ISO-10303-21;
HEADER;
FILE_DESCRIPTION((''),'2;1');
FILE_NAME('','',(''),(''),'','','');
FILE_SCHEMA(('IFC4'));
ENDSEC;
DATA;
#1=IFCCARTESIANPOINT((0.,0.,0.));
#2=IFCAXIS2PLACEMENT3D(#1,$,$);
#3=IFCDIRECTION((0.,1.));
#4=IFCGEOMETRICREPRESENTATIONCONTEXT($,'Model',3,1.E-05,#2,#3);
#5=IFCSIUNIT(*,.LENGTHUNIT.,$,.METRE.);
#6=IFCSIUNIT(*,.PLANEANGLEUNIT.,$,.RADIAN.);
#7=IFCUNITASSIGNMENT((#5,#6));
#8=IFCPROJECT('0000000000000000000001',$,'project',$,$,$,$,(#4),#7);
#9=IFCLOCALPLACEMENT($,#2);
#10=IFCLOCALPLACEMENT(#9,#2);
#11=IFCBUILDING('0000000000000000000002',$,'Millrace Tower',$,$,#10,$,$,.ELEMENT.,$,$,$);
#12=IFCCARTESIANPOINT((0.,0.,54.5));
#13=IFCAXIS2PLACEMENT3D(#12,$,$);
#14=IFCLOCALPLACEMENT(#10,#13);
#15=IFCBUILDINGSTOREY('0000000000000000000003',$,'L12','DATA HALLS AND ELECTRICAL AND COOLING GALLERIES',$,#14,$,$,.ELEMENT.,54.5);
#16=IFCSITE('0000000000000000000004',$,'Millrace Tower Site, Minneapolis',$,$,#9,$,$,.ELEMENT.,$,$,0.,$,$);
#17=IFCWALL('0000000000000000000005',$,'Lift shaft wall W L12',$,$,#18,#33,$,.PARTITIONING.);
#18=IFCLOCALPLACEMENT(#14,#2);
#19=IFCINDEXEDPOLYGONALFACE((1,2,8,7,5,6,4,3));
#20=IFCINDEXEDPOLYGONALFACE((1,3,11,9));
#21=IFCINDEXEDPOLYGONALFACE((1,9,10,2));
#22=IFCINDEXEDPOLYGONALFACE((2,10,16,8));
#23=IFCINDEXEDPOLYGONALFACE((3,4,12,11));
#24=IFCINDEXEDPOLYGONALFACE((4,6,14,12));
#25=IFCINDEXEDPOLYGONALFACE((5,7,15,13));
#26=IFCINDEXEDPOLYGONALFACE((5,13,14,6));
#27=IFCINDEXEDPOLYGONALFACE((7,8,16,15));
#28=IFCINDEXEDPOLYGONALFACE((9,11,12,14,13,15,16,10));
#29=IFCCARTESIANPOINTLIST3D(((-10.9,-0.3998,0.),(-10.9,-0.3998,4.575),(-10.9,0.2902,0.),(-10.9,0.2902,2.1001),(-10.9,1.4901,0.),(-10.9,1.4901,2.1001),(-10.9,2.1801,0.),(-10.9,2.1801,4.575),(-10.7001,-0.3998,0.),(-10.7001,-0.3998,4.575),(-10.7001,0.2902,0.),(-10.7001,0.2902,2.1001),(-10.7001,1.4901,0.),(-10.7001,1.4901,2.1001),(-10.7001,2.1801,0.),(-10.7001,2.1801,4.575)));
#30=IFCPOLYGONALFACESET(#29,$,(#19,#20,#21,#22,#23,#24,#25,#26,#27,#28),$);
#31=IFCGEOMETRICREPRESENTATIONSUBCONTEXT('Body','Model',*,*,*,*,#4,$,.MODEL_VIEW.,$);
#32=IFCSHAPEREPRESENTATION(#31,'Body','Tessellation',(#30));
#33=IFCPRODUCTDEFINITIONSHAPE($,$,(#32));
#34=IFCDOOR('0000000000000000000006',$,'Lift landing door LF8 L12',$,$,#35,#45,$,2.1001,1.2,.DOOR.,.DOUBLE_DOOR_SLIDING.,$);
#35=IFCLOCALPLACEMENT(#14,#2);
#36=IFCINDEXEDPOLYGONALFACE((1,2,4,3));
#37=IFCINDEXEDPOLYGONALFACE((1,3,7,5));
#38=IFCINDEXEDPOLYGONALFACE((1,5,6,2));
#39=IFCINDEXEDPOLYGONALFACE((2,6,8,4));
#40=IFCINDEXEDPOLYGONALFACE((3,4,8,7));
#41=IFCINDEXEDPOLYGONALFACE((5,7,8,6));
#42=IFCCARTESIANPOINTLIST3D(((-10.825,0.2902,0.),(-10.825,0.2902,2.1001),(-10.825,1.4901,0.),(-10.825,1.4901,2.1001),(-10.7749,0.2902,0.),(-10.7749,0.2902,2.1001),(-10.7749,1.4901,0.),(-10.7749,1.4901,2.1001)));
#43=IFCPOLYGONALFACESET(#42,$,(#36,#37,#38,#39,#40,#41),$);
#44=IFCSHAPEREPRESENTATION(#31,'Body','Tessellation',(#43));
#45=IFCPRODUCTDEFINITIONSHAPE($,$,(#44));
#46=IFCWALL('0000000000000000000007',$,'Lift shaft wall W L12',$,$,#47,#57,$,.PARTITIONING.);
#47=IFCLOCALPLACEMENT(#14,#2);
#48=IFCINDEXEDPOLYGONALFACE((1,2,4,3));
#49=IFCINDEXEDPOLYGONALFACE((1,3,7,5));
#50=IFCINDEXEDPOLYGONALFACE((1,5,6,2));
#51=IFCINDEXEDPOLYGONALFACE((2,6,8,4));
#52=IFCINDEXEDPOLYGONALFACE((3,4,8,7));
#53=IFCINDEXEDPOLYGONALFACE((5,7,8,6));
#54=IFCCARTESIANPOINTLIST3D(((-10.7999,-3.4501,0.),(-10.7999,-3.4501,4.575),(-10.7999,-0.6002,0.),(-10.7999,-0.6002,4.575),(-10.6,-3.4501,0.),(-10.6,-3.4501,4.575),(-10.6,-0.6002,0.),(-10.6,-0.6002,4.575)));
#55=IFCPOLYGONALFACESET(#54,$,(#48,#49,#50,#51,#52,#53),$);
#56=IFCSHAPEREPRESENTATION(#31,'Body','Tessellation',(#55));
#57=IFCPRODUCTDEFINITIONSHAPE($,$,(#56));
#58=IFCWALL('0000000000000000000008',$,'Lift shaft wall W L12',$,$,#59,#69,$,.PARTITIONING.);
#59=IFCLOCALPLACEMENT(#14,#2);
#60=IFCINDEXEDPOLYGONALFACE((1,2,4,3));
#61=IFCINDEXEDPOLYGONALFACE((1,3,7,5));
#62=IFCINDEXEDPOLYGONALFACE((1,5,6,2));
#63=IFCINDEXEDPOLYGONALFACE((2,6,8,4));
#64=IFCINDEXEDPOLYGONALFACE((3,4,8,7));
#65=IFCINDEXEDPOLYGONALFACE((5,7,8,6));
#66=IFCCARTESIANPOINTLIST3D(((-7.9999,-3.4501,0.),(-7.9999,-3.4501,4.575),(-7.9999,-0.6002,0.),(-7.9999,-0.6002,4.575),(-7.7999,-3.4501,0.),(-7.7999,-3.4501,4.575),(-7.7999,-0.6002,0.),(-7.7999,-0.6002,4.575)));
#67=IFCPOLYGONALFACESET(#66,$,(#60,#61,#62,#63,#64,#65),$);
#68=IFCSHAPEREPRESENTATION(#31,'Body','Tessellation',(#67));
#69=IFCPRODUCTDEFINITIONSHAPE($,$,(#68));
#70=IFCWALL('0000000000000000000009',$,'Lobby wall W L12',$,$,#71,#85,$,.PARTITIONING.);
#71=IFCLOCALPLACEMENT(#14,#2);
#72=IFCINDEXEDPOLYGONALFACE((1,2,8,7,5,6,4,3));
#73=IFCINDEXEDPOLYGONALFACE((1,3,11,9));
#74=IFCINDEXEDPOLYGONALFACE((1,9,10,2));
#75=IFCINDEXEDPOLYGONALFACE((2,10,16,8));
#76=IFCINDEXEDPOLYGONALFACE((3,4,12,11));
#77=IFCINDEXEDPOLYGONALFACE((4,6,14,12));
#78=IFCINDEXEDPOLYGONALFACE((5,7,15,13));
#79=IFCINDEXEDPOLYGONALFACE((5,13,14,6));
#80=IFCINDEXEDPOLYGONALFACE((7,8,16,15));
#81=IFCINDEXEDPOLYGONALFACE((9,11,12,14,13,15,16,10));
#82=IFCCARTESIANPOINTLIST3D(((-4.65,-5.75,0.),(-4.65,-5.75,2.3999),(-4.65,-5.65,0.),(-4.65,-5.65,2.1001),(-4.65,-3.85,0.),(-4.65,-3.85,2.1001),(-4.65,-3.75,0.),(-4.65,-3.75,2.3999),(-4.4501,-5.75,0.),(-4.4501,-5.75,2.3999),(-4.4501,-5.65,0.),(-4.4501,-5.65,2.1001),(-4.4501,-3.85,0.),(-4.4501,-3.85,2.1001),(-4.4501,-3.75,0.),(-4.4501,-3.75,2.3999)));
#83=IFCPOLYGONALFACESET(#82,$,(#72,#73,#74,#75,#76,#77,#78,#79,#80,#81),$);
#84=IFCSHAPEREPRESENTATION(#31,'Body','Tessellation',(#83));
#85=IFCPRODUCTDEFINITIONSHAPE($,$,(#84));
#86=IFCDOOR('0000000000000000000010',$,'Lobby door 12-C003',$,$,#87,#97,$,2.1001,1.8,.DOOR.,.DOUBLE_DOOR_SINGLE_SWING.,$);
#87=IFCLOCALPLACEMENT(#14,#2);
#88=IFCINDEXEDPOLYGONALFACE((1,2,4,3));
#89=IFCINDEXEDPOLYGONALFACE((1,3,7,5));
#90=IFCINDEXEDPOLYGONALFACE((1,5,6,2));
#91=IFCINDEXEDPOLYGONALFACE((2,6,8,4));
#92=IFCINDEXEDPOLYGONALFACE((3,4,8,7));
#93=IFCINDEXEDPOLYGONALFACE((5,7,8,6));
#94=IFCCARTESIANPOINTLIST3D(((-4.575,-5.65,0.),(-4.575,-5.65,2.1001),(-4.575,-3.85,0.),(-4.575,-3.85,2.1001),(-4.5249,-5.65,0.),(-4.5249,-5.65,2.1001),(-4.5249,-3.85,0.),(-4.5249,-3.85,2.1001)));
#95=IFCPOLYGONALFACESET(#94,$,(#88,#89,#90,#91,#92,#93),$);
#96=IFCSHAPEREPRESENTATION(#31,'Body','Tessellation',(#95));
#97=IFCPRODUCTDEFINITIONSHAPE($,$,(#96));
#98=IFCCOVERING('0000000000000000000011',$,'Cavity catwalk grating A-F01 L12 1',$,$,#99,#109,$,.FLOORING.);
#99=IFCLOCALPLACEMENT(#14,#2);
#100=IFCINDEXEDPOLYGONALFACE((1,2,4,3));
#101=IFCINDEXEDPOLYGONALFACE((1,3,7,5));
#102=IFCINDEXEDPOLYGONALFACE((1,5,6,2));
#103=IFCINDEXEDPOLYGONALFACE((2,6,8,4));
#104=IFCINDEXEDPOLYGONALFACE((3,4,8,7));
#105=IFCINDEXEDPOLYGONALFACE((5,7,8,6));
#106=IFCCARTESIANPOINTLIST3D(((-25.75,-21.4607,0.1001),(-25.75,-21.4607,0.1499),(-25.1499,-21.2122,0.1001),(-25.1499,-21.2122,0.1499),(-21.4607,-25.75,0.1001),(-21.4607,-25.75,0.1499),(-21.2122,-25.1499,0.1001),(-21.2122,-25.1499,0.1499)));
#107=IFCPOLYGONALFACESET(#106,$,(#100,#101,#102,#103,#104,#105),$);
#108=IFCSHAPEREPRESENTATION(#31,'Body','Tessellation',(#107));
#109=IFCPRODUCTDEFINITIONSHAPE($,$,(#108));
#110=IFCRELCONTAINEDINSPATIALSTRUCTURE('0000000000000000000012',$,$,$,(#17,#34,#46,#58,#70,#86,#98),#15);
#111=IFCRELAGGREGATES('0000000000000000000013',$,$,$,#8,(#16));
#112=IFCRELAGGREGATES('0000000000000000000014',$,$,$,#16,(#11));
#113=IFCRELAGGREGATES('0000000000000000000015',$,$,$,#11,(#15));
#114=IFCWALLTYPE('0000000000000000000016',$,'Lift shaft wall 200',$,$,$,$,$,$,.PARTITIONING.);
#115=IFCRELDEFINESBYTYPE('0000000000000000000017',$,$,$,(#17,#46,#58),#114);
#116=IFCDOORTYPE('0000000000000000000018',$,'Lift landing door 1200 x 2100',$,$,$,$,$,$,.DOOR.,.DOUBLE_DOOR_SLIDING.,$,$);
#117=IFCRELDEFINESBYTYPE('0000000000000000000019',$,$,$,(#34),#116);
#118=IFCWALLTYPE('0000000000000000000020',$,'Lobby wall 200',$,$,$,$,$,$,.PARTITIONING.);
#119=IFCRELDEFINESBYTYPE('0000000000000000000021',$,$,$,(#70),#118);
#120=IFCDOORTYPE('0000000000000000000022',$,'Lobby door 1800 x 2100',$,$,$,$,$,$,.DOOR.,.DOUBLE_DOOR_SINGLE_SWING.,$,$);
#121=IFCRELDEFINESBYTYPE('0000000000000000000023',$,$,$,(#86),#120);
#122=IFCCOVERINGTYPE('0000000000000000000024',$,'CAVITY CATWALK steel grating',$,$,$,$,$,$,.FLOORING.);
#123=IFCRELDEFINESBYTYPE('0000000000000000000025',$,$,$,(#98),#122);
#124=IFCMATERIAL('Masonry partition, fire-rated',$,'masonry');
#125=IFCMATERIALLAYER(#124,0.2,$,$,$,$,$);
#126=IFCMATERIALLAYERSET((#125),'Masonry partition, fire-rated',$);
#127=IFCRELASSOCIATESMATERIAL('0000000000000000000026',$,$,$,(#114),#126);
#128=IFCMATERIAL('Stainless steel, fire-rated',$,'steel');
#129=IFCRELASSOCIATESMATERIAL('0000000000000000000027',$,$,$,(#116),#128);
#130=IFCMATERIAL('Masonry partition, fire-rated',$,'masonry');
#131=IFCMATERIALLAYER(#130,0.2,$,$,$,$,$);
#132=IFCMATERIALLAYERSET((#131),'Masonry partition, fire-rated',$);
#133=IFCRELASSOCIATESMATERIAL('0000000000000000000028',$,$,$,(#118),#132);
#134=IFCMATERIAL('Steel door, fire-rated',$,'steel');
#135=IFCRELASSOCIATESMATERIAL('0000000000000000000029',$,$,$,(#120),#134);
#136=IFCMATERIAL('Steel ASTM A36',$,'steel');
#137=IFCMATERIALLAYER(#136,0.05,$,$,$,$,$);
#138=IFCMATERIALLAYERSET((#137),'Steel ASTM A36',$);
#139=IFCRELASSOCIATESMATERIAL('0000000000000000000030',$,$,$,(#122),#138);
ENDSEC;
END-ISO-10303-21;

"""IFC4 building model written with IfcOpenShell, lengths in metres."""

from ifc_helpers import new_model, si_unit, direction, frame, frame_2d, origin, place, context, subcontext, project, spatial, polyline, rectangle, outline, extrude, material, layer, layer_set, type_object, element, fill, save


model = new_model("IFC4")

# Units and contexts
model_context = context("Model", 3, precision=1e-05, world=origin(), true_north=direction((0.0, 1.0)))
body_context = subcontext(model_context, "Body", "Model", "MODEL_VIEW")
ifc_project = project(units=[si_unit("LENGTHUNIT", "METRE"), si_unit("PLANEANGLEUNIT", "RADIAN")], contexts=[model_context])

# Site, building, storey
site_placement = place(None, origin())
site = spatial("IfcSite", under=ifc_project, at=site_placement, Name="Millrace Tower Site, Minneapolis", CompositionType="ELEMENT", RefElevation=0.0)
building_placement = place(site_placement, origin())
building = spatial("IfcBuilding", under=site, at=building_placement, Name="Millrace Tower", CompositionType="ELEMENT")
storey_placement = place(building_placement, frame((0.0, 0.0, 54.5)))
storey = spatial("IfcBuildingStorey", under=building, at=storey_placement, Name="L12", Description="DATA HALLS AND ELECTRICAL AND COOLING GALLERIES", CompositionType="ELEMENT", Elevation=54.5)

# Shared definitions
ifc_material_1 = material(Name="Masonry partition, fire-rated", Category="masonry")
ifc_layer_1 = layer(ifc_material_1, 0.2)
ifc_layer_set_1 = layer_set([ifc_layer_1], Name="Masonry partition, fire-rated")
wall_type_1 = type_object("IfcWallType", Name="Lift shaft wall 200", PredefinedType="PARTITIONING", material=ifc_layer_set_1)

# Shared definitions
ifc_material_2 = material(Name="Stainless steel, fire-rated", Category="steel")
door_type_1 = type_object("IfcDoorType", Name="Lift landing door 1200 x 2100", OperationType="DOUBLE_DOOR_SLIDING", PredefinedType="DOOR", material=ifc_material_2)

# Wall, opening, door
wall_1_placement = place(storey_placement, frame((-10.8, -0.3999, 0.0), z_axis=(0.0, 0.0, 1.0), x_axis=(0.0, 1.0, 0.0)))
wall_1 = element("IfcWall", 1, at=wall_1_placement, inside=storey, type_object=wall_type_1, Name="Lift shaft wall W L12", PredefinedType="PARTITIONING", context=body_context, shape_type="SweptSolid", body=[
    extrude(rectangle(XDim=2.5798, YDim=0.2, at=frame_2d((1.29, 0.0))), origin(), (0.0, 0.0, 1.0), 4.575),
])
opening_1_placement = place(wall_1_placement, frame((0.6899, 0.0, 0.0)))
opening_1 = element("IfcOpeningElement", 2, at=opening_1_placement, cuts=wall_1, PredefinedType="OPENING", context=body_context, shape_type="SweptSolid", body=[
    extrude(rectangle(XDim=1.2, YDim=2.1001, at=frame_2d((0.6001, 1.05))), frame((0.0, 0.1099, 0.0), z_axis=(0.0, -1.0, 0.0), x_axis=(1.0, 0.0, 0.0)), (0.0, 0.0, 1.0), 0.22),
])
door_1_placement = place(opening_1_placement, origin())
door_1 = element("IfcDoor", 3, at=door_1_placement, inside=storey, type_object=door_type_1, Name="Lift landing door LF8 L12", OperationType="DOUBLE_DOOR_SLIDING", OverallHeight=2.1001, OverallWidth=1.2, PredefinedType="DOOR", context=body_context, shape_type="SweptSolid", body=[
    extrude(rectangle(XDim=1.2, YDim=2.1001, at=frame_2d((0.6001, 1.05))), frame((0.0, 0.0249, 0.0), z_axis=(0.0, -1.0, 0.0), x_axis=(1.0, 0.0, 0.0)), (0.0, 0.0, 1.0), 0.05),
])
fill(opening_1, door_1)

# Walls
for number, where, z_axis, x_axis, name in (
    (4, (-10.7, -3.45, 0.0), (0.0, 0.0, 1.0), (0.0, 1.0, 0.0), "Lift shaft wall W L12"),
    (5, (-7.8999, -3.45, 0.0), (0.0, 0.0, 1.0), (0.0, 1.0, 0.0), "Lift shaft wall W L12"),
):
    element("IfcWall", number, at=place(storey_placement, frame(where, z_axis=z_axis, x_axis=x_axis)), inside=storey, type_object=wall_type_1, Name=name, PredefinedType="PARTITIONING", context=body_context, shape_type="SweptSolid", body=[
        extrude(rectangle(XDim=2.8499, YDim=0.2, at=frame_2d((1.4248, 0.0))), origin(), (0.0, 0.0, 1.0), 4.575),
    ])

# Wall, opening, door
ifc_material_3 = material(Name="Masonry partition, fire-rated", Category="masonry")
ifc_layer_2 = layer(ifc_material_3, 0.2)
ifc_layer_set_2 = layer_set([ifc_layer_2], Name="Masonry partition, fire-rated")
wall_type_2 = type_object("IfcWallType", Name="Lobby wall 200", PredefinedType="PARTITIONING", material=ifc_layer_set_2)
wall_2_placement = place(storey_placement, frame((-4.55, -5.75, 0.0), z_axis=(0.0, 0.0, 1.0), x_axis=(0.0, 1.0, 0.0)))
wall_2 = element("IfcWall", 6, at=wall_2_placement, inside=storey, type_object=wall_type_2, Name="Lobby wall W L12", PredefinedType="PARTITIONING", context=body_context, shape_type="SweptSolid", body=[
    extrude(rectangle(XDim=2.0, YDim=0.2, at=frame_2d((1.0, 0.0))), origin(), (0.0, 0.0, 1.0), 2.3999),
])
opening_2_placement = place(wall_2_placement, frame((0.1001, 0.0, 0.0)))
opening_2 = element("IfcOpeningElement", 7, at=opening_2_placement, cuts=wall_2, PredefinedType="OPENING", context=body_context, shape_type="SweptSolid", body=[
    extrude(rectangle(XDim=1.8, YDim=2.1001, at=frame_2d((0.8999, 1.05))), frame((0.0, 0.1099, 0.0), z_axis=(0.0, -1.0, 0.0), x_axis=(1.0, 0.0, 0.0)), (0.0, 0.0, 1.0), 0.22),
])
ifc_material_4 = material(Name="Steel door, fire-rated", Category="steel")
door_type_2 = type_object("IfcDoorType", Name="Lobby door 1800 x 2100", OperationType="DOUBLE_DOOR_SINGLE_SWING", PredefinedType="DOOR", material=ifc_material_4)
door_2_placement = place(opening_2_placement, origin())
door_2 = element("IfcDoor", 8, at=door_2_placement, inside=storey, type_object=door_type_2, Name="Lobby door 12-C003", OperationType="DOUBLE_DOOR_SINGLE_SWING", OverallHeight=2.1001, OverallWidth=1.8, PredefinedType="DOOR", context=body_context, shape_type="SweptSolid", body=[
    extrude(rectangle(XDim=1.8, YDim=2.1001, at=frame_2d((0.8999, 1.05))), frame((0.0, 0.0249, 0.0), z_axis=(0.0, -1.0, 0.0), x_axis=(1.0, 0.0, 0.0)), (0.0, 0.0, 1.0), 0.05),
])
fill(opening_2, door_2)

# Covering
ifc_material_5 = material(Name="Steel ASTM A36", Category="steel")
ifc_layer_3 = layer(ifc_material_5, 0.05)
ifc_layer_set_3 = layer_set([ifc_layer_3], Name="Steel ASTM A36")
covering_type = type_object("IfcCoveringType", Name="CAVITY CATWALK steel grating", PredefinedType="FLOORING", material=ifc_layer_set_3)
covering_placement = place(storey_placement, frame((0.0, 0.0, 0.1001)))
element("IfcCovering", 9, at=covering_placement, inside=storey, type_object=covering_type, Name="Cavity catwalk grating A-F01 L12 1", PredefinedType="FLOORING", context=body_context, shape_type="SweptSolid", body=[
    extrude(outline(polyline([(-25.75, -21.4607), (-21.4607, -25.75), (-21.2122, -25.1499), (-25.1499, -21.2122), (-25.75, -21.4607)])), origin(), (0.0, 0.0, 1.0), 0.0498),
])

save(model, "model.ifc")
